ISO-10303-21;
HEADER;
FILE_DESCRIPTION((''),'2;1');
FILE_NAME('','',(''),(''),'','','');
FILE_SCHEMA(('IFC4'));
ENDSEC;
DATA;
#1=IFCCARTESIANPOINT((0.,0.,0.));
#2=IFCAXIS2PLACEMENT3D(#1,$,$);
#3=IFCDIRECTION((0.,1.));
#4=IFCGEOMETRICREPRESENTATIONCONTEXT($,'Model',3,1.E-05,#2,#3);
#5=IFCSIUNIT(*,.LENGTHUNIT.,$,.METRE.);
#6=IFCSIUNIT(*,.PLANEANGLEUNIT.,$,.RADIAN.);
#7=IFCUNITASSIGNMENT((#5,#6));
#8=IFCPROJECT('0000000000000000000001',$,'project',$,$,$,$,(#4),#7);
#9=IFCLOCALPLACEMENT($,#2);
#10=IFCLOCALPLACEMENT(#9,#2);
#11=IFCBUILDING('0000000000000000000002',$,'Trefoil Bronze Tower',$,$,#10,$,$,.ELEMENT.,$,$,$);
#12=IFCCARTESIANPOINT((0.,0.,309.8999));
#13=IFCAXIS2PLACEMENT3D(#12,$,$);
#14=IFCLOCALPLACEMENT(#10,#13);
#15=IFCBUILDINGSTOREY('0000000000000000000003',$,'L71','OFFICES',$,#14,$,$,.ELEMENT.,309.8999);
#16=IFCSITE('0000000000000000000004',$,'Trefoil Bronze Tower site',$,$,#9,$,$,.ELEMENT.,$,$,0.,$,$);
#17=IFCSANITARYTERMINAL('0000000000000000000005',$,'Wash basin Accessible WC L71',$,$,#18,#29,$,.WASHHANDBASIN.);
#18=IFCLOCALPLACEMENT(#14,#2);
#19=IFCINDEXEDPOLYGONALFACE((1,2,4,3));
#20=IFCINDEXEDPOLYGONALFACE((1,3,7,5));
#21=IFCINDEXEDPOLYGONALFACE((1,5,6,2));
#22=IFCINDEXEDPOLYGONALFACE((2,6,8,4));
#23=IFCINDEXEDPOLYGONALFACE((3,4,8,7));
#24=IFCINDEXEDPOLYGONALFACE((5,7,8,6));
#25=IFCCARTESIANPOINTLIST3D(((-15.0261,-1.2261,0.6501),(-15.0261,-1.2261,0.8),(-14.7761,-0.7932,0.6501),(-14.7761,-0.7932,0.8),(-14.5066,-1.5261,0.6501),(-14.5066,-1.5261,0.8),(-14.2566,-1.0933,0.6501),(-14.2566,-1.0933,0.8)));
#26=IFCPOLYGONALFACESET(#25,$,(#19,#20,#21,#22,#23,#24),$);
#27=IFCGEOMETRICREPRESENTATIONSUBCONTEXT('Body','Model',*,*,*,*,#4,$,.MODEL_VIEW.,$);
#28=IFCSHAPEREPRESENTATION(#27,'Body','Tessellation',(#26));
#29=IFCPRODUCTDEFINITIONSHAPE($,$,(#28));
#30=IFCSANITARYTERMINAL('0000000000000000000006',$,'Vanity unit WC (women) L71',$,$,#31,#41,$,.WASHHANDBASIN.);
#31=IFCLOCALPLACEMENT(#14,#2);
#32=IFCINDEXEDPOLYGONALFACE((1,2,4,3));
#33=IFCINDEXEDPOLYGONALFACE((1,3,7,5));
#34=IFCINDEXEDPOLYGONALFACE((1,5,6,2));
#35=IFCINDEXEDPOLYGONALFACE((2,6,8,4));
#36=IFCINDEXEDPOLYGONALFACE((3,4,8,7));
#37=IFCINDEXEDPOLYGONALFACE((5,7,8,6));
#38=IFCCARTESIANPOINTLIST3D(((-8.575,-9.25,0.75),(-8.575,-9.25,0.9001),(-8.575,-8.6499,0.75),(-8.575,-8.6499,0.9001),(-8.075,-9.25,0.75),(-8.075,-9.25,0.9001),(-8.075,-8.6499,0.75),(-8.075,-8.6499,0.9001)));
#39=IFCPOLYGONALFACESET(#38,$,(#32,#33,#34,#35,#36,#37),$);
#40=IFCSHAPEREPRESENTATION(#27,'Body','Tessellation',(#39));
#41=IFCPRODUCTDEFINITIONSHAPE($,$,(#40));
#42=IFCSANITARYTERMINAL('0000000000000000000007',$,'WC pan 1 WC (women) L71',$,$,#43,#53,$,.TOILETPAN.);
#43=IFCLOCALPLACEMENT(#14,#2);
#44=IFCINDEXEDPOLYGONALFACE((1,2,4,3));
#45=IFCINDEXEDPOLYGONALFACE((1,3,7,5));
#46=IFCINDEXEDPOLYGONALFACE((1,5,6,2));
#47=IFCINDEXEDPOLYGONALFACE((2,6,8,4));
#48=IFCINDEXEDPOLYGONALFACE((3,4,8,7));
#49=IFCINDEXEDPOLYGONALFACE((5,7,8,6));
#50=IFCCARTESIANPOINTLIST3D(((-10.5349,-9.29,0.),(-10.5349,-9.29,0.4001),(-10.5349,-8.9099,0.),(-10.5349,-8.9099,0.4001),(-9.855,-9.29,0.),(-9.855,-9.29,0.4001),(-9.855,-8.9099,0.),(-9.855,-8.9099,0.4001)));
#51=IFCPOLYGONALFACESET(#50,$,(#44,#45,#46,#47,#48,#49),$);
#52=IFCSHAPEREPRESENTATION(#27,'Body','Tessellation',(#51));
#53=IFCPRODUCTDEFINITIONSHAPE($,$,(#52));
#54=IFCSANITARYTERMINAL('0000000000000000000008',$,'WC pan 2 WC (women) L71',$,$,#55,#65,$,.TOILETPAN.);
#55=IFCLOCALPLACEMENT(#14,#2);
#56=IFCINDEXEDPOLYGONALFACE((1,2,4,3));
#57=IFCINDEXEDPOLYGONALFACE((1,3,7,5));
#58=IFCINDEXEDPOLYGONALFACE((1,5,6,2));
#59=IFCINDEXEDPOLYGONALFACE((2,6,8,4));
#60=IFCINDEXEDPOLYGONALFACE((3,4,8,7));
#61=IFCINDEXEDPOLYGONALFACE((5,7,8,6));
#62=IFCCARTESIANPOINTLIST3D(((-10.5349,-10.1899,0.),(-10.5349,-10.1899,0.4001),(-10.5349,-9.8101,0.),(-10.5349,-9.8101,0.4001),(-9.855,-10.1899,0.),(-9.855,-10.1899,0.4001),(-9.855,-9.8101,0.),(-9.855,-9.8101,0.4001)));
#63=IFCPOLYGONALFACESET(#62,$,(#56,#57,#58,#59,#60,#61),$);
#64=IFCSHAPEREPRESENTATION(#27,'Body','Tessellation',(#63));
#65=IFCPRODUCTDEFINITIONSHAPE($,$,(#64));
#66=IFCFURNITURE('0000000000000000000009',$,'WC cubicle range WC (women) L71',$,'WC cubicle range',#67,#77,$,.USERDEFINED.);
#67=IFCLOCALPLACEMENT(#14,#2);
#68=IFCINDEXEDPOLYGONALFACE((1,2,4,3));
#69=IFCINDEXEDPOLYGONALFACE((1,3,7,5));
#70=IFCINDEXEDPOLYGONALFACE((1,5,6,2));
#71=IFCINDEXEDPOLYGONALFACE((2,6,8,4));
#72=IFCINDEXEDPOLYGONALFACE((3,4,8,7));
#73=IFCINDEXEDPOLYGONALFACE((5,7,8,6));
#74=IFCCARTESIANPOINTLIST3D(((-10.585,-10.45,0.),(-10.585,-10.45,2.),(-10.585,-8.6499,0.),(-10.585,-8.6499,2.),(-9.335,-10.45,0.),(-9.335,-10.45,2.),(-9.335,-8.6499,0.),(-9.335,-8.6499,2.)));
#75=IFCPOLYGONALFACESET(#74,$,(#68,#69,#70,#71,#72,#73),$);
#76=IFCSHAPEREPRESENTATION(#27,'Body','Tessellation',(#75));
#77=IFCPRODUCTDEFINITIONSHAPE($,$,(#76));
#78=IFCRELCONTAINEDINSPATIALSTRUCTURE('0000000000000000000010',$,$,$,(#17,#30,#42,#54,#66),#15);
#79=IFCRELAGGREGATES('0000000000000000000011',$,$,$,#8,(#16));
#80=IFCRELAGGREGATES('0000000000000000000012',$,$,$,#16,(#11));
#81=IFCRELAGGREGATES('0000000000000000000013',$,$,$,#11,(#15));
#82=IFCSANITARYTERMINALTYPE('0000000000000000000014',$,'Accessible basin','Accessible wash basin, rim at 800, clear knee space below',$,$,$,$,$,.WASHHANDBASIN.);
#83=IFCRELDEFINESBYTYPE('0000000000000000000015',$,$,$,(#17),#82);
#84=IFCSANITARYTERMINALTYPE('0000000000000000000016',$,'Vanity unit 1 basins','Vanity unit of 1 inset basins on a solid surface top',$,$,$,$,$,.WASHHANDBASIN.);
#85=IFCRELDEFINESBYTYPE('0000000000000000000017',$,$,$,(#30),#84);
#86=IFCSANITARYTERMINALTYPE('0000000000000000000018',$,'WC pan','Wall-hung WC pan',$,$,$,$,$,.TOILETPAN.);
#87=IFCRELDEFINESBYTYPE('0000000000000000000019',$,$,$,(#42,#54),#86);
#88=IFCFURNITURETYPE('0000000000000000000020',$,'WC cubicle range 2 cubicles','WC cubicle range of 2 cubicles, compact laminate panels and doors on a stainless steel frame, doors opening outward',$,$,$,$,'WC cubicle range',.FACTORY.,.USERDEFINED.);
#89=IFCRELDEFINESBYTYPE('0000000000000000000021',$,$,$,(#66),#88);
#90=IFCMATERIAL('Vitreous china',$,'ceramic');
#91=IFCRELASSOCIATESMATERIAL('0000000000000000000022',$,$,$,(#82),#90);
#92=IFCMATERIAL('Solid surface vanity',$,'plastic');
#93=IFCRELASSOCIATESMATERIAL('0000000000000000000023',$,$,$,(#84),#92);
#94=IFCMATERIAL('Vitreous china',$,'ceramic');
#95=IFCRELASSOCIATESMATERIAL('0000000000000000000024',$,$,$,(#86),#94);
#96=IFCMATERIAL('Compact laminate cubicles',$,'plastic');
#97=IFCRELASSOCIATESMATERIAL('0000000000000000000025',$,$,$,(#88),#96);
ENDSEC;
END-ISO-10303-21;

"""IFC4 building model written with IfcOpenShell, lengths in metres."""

from ifc_helpers import new_model, si_unit, direction, frame, origin, place, context, subcontext, project, spatial, polyline, outline, extrude, material, type_object, element, save


model = new_model("IFC4")

# Units and contexts
model_context = context("Model", 3, precision=1e-05, world=origin(), true_north=direction((0.0, 1.0)))
body_context = subcontext(model_context, "Body", "Model", "MODEL_VIEW")
ifc_project = project(units=[si_unit("LENGTHUNIT", "METRE"), si_unit("PLANEANGLEUNIT", "RADIAN")], contexts=[model_context])

# Site, building, storey
site_placement = place(None, origin())
site = spatial("IfcSite", under=ifc_project, at=site_placement, Name="Trefoil Bronze Tower site", CompositionType="ELEMENT", RefElevation=0.0)
building_placement = place(site_placement, origin())
building = spatial("IfcBuilding", under=site, at=building_placement, Name="Trefoil Bronze Tower", CompositionType="ELEMENT")
storey_placement = place(building_placement, frame((0.0, 0.0, 309.8999)))
storey = spatial("IfcBuildingStorey", under=building, at=storey_placement, Name="L71", Description="OFFICES", CompositionType="ELEMENT", Elevation=309.8999)

# Sanitary terminals
ifc_material_1 = material(Name="Vitreous china", Category="ceramic")
sanitary_terminal_type_1 = type_object("IfcSanitaryTerminalType", Name="Accessible basin", Description="Accessible wash basin, rim at 800, clear knee space below", PredefinedType="WASHHANDBASIN", material=ifc_material_1)
sanitary_terminal_1_placement = place(storey_placement, frame((0.0, 0.0, 0.6501)))
element("IfcSanitaryTerminal", 1, at=sanitary_terminal_1_placement, inside=storey, type_object=sanitary_terminal_type_1, Name="Wash basin Accessible WC L71", PredefinedType="WASHHANDBASIN", context=body_context, shape_type="SweptSolid", body=[
    extrude(outline(polyline([(-14.2566, -1.0933), (-14.5066, -1.5261), (-15.0261, -1.2261), (-14.7761, -0.7932), (-14.2566, -1.0933)])), origin(), (0.0, 0.0, 1.0), 0.1499),
])
ifc_material_2 = material(Name="Solid surface vanity", Category="plastic")
sanitary_terminal_type_2 = type_object("IfcSanitaryTerminalType", Name="Vanity unit 1 basins", Description="Vanity unit of 1 inset basins on a solid surface top", PredefinedType="WASHHANDBASIN", material=ifc_material_2)
sanitary_terminal_2_placement = place(storey_placement, frame((0.0, 0.0, 0.75)))
element("IfcSanitaryTerminal", 2, at=sanitary_terminal_2_placement, inside=storey, type_object=sanitary_terminal_type_2, Name="Vanity unit WC (women) L71", PredefinedType="WASHHANDBASIN", context=body_context, shape_type="SweptSolid", body=[
    extrude(outline(polyline([(-8.075, -8.6499), (-8.575, -8.6499), (-8.575, -9.25), (-8.075, -9.25), (-8.075, -8.6499)])), origin(), (0.0, 0.0, 1.0), 0.1501),
])
ifc_material_3 = material(Name="Vitreous china", Category="ceramic")
sanitary_terminal_type_3 = type_object("IfcSanitaryTerminalType", Name="WC pan", Description="Wall-hung WC pan", PredefinedType="TOILETPAN", material=ifc_material_3)
sanitary_terminal_3_placement = place(storey_placement, origin())
element("IfcSanitaryTerminal", 3, at=sanitary_terminal_3_placement, inside=storey, type_object=sanitary_terminal_type_3, Name="WC pan 1 WC (women) L71", PredefinedType="TOILETPAN", context=body_context, shape_type="SweptSolid", body=[
    extrude(outline(polyline([(-9.855, -8.9099), (-10.5349, -8.9099), (-10.5349, -9.29), (-9.855, -9.29), (-9.855, -8.9099)])), origin(), (0.0, 0.0, 1.0), 0.4001),
])
sanitary_terminal_4_placement = place(storey_placement, origin())
element("IfcSanitaryTerminal", 4, at=sanitary_terminal_4_placement, inside=storey, type_object=sanitary_terminal_type_3, Name="WC pan 2 WC (women) L71", PredefinedType="TOILETPAN", context=body_context, shape_type="SweptSolid", body=[
    extrude(outline(polyline([(-9.855, -9.8101), (-10.5349, -9.8101), (-10.5349, -10.1899), (-9.855, -10.1899), (-9.855, -9.8101)])), origin(), (0.0, 0.0, 1.0), 0.4001),
])

# Furniture
ifc_material_4 = material(Name="Compact laminate cubicles", Category="plastic")
furniture_type = type_object("IfcFurnitureType", Name="WC cubicle range 2 cubicles", Description="WC cubicle range of 2 cubicles, compact laminate panels and doors on a stainless steel frame, doors opening outward", ElementType="WC cubicle range", AssemblyPlace="FACTORY", PredefinedType="USERDEFINED", material=ifc_material_4)
furniture_placement = place(storey_placement, origin())
element("IfcFurniture", 5, at=furniture_placement, inside=storey, type_object=furniture_type, Name="WC cubicle range WC (women) L71", ObjectType="WC cubicle range", PredefinedType="USERDEFINED", context=body_context, shape_type="SweptSolid", body=[
    extrude(outline(polyline([(-9.335, -8.6499), (-10.585, -8.6499), (-10.585, -10.45), (-9.335, -10.45), (-9.335, -8.6499)])), origin(), (0.0, 0.0, 1.0), 2.0),
])

save(model, "model.ifc")
